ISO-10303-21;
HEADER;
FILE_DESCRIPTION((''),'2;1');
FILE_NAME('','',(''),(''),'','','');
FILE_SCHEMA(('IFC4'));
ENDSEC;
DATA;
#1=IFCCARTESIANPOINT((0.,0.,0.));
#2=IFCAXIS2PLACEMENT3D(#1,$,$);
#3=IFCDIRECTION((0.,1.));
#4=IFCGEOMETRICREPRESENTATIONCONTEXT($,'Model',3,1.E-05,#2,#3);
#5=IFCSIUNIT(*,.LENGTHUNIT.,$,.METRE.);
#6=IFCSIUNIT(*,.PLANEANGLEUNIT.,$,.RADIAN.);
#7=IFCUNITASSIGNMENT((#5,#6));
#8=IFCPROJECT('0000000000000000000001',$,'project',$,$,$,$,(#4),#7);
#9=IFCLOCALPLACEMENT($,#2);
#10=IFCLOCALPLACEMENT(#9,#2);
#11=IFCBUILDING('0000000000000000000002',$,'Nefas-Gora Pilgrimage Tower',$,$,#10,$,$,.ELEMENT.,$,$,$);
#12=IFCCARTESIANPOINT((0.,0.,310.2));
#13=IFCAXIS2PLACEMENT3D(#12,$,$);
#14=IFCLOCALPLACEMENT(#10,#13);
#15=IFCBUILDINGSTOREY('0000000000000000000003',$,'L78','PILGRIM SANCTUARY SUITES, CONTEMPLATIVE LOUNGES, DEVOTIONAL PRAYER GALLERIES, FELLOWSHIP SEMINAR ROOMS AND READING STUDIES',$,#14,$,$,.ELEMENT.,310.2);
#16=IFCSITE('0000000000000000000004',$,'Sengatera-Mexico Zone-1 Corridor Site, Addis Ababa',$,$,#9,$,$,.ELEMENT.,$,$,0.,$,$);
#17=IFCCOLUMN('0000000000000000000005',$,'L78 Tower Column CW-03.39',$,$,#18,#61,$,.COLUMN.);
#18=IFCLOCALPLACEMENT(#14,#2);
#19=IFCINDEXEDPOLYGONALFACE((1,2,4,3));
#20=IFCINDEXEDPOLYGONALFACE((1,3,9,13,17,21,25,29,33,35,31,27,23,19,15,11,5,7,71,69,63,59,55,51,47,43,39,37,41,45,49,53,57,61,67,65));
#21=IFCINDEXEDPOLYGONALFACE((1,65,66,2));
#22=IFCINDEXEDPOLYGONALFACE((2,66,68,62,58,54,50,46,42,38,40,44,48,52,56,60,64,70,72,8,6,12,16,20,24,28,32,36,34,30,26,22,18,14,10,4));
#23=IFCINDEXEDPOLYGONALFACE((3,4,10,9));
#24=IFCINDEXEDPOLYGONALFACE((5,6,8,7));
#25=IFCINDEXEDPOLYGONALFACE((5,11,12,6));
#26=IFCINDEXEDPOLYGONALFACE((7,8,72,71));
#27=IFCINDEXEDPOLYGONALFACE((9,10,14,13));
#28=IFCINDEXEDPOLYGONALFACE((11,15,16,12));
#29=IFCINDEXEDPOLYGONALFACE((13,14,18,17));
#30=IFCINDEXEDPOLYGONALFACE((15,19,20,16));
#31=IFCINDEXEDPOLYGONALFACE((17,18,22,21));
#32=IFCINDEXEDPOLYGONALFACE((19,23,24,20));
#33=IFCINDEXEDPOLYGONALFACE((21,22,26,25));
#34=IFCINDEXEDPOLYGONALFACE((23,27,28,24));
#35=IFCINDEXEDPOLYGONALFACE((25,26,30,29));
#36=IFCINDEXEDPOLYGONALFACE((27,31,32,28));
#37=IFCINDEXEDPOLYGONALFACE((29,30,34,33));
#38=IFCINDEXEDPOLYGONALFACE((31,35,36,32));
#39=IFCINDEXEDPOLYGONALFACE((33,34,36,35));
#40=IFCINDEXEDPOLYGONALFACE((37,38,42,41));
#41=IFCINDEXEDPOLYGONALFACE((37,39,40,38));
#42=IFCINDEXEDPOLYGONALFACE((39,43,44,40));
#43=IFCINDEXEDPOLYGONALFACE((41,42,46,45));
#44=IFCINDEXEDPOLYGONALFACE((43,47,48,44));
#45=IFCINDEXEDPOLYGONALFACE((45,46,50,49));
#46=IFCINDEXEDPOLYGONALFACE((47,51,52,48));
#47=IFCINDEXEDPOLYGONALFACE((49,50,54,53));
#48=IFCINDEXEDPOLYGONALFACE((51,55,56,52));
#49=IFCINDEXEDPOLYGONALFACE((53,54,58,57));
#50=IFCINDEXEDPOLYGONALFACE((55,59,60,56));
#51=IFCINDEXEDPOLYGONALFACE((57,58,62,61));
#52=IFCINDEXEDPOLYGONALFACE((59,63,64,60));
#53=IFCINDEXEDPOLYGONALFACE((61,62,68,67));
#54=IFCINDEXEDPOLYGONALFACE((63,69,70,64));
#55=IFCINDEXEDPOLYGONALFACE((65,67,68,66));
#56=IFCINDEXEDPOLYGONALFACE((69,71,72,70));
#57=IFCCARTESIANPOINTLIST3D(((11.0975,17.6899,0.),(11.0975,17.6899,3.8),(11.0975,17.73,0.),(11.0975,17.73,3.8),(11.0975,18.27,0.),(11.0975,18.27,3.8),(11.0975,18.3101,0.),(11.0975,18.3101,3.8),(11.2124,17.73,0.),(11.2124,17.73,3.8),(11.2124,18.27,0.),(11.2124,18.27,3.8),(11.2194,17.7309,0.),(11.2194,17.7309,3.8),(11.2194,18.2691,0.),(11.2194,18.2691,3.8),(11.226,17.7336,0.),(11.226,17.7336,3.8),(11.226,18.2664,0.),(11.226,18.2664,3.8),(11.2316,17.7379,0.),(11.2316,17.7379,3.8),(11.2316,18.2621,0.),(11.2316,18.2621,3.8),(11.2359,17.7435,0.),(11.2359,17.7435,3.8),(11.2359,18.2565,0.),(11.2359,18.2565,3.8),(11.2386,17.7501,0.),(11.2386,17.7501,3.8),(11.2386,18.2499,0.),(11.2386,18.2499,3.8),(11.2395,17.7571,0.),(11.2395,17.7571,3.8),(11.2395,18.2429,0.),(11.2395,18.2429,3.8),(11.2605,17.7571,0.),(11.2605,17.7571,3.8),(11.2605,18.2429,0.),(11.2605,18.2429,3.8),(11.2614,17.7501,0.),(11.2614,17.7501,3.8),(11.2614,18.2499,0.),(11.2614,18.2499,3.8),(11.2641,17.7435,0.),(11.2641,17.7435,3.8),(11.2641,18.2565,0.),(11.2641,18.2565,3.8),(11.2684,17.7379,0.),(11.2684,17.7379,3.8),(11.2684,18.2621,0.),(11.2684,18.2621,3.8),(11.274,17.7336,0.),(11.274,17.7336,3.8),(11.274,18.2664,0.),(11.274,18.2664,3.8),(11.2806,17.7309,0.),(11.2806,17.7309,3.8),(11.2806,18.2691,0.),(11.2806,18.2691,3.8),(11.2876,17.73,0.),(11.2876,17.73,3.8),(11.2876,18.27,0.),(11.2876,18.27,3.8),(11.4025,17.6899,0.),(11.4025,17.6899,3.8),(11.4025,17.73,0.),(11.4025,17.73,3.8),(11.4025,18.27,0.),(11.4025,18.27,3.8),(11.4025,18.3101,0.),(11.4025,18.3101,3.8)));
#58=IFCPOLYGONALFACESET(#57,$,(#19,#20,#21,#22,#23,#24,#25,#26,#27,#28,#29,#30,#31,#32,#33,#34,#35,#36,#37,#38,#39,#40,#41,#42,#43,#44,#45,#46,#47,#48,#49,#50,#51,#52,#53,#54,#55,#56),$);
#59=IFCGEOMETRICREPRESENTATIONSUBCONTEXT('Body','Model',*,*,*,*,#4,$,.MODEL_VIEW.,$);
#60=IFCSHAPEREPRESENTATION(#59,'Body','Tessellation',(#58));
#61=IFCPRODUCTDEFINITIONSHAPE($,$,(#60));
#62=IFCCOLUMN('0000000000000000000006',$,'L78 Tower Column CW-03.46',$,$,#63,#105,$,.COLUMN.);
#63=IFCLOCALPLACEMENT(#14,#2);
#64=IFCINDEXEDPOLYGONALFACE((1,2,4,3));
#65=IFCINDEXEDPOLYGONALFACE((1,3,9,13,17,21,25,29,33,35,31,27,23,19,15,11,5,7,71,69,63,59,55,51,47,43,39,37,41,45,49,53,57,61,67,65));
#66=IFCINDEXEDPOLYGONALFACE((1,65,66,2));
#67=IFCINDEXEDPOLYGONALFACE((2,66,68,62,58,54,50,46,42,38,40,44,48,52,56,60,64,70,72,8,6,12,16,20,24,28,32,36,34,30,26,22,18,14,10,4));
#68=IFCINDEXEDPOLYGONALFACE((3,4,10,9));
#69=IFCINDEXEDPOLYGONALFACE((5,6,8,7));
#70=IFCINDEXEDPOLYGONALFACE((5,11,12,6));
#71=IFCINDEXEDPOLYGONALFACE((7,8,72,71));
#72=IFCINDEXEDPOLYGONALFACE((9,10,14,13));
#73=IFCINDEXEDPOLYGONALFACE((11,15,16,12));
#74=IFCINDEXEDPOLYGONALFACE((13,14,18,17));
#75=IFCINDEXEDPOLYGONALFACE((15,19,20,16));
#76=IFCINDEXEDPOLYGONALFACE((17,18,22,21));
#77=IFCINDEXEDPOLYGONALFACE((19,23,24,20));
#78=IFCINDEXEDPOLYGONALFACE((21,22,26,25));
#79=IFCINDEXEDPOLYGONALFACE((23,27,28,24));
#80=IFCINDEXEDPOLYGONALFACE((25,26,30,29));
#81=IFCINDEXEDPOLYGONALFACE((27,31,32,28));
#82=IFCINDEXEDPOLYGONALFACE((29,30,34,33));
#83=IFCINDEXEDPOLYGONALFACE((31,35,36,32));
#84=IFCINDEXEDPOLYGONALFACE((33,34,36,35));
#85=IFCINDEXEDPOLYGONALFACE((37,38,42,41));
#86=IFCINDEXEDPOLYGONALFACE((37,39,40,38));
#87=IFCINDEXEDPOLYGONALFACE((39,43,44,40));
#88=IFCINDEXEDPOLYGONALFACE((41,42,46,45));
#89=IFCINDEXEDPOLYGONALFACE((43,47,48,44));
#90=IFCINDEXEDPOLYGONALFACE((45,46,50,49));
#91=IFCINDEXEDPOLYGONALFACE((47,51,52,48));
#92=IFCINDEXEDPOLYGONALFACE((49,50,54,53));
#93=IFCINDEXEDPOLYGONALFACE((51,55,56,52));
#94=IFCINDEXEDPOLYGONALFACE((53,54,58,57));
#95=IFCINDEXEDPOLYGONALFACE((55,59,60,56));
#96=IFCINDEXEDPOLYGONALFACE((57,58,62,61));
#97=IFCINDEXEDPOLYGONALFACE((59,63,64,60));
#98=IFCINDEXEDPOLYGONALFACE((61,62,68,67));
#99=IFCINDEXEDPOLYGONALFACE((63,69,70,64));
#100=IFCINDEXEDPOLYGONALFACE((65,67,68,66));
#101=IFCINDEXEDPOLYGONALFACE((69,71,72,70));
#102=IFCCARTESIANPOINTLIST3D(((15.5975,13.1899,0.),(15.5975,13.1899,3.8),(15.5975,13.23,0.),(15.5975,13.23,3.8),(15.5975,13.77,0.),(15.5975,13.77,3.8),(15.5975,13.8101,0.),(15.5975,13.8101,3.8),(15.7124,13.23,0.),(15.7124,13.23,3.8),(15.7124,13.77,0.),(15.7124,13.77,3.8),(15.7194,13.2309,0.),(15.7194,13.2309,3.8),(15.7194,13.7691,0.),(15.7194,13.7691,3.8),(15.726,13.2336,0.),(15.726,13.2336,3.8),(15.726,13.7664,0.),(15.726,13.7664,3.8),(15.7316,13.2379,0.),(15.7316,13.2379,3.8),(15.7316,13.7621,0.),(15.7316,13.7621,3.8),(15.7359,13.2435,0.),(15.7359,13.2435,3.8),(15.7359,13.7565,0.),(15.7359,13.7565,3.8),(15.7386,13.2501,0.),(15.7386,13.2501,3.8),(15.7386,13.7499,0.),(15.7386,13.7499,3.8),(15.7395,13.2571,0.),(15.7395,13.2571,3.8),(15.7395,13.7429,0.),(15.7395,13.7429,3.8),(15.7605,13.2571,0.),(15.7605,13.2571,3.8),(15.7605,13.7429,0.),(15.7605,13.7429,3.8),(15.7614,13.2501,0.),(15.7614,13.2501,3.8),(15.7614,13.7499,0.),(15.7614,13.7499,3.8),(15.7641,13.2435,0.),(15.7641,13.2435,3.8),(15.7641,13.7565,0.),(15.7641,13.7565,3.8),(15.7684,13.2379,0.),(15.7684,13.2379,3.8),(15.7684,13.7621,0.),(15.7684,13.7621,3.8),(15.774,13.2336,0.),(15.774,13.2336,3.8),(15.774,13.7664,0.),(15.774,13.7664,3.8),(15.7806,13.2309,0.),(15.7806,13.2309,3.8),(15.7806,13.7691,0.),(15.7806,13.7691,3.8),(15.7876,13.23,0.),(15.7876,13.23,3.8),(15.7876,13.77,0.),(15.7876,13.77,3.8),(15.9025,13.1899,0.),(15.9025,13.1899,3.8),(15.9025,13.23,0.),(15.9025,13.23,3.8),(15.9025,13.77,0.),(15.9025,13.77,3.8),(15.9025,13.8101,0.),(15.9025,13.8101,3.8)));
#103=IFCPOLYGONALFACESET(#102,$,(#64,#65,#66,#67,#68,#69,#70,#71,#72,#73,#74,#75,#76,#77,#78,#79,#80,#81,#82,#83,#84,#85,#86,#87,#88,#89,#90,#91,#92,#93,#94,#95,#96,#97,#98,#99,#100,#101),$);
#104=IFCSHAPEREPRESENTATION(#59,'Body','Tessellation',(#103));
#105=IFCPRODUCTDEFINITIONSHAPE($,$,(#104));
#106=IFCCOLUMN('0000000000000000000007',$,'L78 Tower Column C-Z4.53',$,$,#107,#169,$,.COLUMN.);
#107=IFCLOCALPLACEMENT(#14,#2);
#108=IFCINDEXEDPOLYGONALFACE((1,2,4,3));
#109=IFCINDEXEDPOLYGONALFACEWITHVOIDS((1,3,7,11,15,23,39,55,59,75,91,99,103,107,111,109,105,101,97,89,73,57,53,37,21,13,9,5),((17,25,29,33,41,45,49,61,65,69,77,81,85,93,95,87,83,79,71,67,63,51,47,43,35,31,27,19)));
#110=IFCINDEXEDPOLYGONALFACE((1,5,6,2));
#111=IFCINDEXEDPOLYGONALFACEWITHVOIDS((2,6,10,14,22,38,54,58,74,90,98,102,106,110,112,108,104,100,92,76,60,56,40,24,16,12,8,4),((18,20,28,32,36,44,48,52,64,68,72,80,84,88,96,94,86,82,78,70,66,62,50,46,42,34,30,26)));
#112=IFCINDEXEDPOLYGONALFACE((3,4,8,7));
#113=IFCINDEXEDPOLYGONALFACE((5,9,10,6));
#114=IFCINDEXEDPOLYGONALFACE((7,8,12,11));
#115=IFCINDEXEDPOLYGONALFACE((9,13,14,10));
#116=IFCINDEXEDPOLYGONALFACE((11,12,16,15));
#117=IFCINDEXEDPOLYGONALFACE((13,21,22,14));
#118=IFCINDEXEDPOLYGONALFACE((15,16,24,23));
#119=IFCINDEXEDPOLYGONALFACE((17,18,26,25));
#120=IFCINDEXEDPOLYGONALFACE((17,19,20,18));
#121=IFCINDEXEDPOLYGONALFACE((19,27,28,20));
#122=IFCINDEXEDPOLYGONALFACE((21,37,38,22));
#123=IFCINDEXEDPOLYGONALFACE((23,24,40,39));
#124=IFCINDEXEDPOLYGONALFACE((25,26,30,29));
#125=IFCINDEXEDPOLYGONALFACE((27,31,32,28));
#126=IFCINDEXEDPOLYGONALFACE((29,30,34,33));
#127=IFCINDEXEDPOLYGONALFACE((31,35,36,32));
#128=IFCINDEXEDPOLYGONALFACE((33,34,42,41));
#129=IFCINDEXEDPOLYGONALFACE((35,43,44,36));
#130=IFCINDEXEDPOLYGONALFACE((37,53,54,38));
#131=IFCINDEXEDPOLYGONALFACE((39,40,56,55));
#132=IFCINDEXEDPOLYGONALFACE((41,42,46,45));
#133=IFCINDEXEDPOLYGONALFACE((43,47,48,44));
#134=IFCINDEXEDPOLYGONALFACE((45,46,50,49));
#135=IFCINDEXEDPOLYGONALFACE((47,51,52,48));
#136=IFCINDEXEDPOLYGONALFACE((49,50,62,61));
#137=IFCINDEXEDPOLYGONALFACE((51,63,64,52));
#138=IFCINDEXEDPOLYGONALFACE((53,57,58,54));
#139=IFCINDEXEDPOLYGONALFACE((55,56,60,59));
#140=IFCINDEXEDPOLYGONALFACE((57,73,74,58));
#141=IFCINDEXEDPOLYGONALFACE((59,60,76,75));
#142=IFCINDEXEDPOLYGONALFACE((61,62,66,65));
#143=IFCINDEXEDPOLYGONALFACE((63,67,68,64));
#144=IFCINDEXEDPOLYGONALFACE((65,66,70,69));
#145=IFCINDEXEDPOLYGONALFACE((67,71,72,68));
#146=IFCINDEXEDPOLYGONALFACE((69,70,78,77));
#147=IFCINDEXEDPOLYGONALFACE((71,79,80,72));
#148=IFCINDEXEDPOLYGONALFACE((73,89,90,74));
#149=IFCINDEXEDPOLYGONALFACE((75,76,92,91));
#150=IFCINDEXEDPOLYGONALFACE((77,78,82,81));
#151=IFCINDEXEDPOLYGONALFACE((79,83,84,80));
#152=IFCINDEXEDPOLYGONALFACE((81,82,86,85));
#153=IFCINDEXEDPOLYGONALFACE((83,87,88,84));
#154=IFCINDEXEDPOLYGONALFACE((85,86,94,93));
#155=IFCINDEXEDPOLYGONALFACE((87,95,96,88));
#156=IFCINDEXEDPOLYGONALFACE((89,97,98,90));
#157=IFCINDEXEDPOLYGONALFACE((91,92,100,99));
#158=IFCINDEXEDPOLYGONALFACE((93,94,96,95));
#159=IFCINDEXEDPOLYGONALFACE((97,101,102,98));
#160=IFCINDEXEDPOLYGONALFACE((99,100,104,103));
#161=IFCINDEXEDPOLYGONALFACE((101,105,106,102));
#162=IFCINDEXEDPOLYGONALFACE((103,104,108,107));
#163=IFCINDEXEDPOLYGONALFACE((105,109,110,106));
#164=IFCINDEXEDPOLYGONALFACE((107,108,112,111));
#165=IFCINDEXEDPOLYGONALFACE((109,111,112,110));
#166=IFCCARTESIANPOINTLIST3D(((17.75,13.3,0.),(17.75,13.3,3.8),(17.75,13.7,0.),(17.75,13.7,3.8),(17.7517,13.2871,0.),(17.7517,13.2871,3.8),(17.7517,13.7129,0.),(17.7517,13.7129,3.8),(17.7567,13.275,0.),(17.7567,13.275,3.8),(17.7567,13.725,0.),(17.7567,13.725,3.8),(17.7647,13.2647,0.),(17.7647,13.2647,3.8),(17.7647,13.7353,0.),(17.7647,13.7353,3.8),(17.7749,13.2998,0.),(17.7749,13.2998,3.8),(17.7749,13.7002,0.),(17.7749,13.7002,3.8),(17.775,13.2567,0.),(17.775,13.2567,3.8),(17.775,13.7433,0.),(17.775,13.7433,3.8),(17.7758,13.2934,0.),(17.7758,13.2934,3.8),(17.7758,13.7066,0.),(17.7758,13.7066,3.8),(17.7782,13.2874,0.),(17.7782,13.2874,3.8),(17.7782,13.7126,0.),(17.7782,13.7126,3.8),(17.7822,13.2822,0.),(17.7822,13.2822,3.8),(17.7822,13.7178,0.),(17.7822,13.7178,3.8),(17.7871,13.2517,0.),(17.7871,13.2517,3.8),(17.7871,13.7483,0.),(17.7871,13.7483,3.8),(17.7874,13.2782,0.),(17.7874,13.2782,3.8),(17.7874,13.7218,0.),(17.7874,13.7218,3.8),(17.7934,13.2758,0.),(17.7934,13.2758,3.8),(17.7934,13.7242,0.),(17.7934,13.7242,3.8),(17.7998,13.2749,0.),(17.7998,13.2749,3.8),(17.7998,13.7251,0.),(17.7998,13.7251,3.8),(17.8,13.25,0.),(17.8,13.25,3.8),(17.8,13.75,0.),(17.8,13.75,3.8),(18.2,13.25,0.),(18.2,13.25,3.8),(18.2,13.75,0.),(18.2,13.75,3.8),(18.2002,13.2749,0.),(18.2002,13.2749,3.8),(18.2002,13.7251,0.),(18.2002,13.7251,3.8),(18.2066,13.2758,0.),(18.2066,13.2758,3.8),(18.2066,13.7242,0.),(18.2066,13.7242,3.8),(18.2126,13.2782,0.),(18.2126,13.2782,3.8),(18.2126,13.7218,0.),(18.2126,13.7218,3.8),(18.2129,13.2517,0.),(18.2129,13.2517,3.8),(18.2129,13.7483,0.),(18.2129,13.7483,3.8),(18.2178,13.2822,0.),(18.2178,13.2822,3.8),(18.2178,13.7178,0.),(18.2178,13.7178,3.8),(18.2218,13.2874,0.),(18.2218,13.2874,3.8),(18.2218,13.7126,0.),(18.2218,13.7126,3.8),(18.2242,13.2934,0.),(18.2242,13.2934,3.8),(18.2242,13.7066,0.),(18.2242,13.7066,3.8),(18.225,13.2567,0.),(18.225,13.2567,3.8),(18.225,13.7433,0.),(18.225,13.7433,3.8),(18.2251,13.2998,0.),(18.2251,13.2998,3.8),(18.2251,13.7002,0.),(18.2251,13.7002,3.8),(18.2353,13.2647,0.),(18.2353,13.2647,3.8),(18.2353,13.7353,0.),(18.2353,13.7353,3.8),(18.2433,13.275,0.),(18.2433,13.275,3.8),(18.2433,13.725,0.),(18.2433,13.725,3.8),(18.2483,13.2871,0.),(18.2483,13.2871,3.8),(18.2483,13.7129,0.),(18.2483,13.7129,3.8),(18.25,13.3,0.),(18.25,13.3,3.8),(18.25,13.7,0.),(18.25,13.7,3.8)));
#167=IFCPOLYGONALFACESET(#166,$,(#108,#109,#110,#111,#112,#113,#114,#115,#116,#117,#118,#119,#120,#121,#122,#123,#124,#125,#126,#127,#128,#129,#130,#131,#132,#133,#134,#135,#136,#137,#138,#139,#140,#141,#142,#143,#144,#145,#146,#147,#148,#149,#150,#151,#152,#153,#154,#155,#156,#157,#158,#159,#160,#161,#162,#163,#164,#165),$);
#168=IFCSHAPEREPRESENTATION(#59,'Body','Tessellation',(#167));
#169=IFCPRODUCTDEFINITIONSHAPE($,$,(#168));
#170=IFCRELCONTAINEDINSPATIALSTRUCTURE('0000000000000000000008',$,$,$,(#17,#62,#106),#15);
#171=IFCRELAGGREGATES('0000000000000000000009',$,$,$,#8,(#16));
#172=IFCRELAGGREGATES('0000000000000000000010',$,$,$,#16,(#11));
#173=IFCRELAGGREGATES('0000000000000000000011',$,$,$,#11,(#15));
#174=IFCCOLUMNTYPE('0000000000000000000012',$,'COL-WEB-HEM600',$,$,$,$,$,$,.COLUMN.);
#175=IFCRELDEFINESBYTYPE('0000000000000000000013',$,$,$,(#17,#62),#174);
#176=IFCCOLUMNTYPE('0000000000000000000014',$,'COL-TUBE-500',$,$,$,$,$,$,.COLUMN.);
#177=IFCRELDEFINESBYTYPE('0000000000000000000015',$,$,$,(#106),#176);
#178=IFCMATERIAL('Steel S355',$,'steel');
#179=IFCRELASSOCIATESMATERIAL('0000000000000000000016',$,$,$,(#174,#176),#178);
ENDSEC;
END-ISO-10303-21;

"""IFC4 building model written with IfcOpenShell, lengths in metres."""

from ifc_helpers import new_model, si_unit, direction, frame, origin, origin_2d, place, context, subcontext, project, spatial, hollow_rectangle, i_section, extrude, source, transform, mapped, material, material_profile, profile_set, type_object, element, save


model = new_model("IFC4")

# Units and contexts
model_context = context("Model", 3, precision=1e-05, world=origin(), true_north=direction((0.0, 1.0)))
body_context = subcontext(model_context, "Body", "Model", "MODEL_VIEW")
ifc_project = project(units=[si_unit("LENGTHUNIT", "METRE"), si_unit("PLANEANGLEUNIT", "RADIAN")], contexts=[model_context])

# Site, building, storey
site_placement = place(None, origin())
site = spatial("IfcSite", under=ifc_project, at=site_placement, Name="Sengatera-Mexico Zone-1 Corridor Site, Addis Ababa", CompositionType="ELEMENT", RefElevation=0.0)
building_placement = place(site_placement, origin())
building = spatial("IfcBuilding", under=site, at=building_placement, Name="Nefas-Gora Pilgrimage Tower", CompositionType="ELEMENT")
storey_placement = place(building_placement, frame((0.0, 0.0, 310.2)))
storey = spatial("IfcBuildingStorey", under=building, at=storey_placement, Name="L78", Description="PILGRIM SANCTUARY SUITES, CONTEMPLATIVE LOUNGES, DEVOTIONAL PRAYER GALLERIES, FELLOWSHIP SEMINAR ROOMS AND READING STUDIES", CompositionType="ELEMENT", Elevation=310.2)

# Columns
ifc_material_1 = material(Name="Steel S355", Category="steel")
ifc_material_profile_1 = material_profile(ifc_material_1, i_section(OverallWidth=0.3049, OverallDepth=0.6201, WebThickness=0.021, FlangeThickness=0.04, FilletRadius=0.0271, at=origin_2d()), Name="HEM 600")
ifc_profile_set_1 = profile_set([ifc_material_profile_1], Name="Steel S355")
column_type_1 = type_object("IfcColumnType", Name="COL-WEB-HEM600", PredefinedType="COLUMN", material=ifc_profile_set_1)
shared_shape_1 = source(origin(), body_context, "Body", "SweptSolid", [
    extrude(i_section(OverallWidth=0.3049, OverallDepth=0.6201, WebThickness=0.021, FlangeThickness=0.04, FilletRadius=0.0271, at=origin_2d()), origin(), (0.0, 0.0, 1.0), 3.8),
])
for number, where, z_axis, x_axis, name in (
    (1, (11.25, 18.0, 0.0), (0.0, 0.0, 1.0), (1.0, 0.0, 0.0), "L78 Tower Column CW-03.39"),
    (2, (15.75, 13.5, 0.0), (0.0, 0.0, 1.0), (1.0, 0.0, 0.0), "L78 Tower Column CW-03.46"),
):
    element("IfcColumn", number, at=place(storey_placement, frame(where, z_axis=z_axis, x_axis=x_axis)), inside=storey, type_object=column_type_1, Name=name, PredefinedType="COLUMN", context=body_context, shape_type="MappedRepresentation", body=[
        mapped(shared_shape_1, transform((0.0, 0.0, 0.0), x_axis=(1.0, 0.0, 0.0), y_axis=(0.0, 1.0, 0.0), z_axis=(0.0, 0.0, 1.0), scale=1.0)),
    ])
ifc_material_profile_2 = material_profile(ifc_material_1, hollow_rectangle(XDim=0.5, YDim=0.5, WallThickness=0.0249, InnerFilletRadius=0.0249, OuterFilletRadius=0.05, at=origin_2d()), Name="SHS 500x500x25")
ifc_profile_set_2 = profile_set([ifc_material_profile_2], Name="Steel S355")
column_type_2 = type_object("IfcColumnType", Name="COL-TUBE-500", PredefinedType="COLUMN", material=ifc_profile_set_2)
shared_shape_2 = source(origin(), body_context, "Body", "SweptSolid", [
    extrude(hollow_rectangle(XDim=0.5, YDim=0.5, WallThickness=0.0249, InnerFilletRadius=0.0249, OuterFilletRadius=0.05, at=origin_2d()), origin(), (0.0, 0.0, 1.0), 3.8),
])
column_placement = place(storey_placement, frame((18.0, 13.5, 0.0), z_axis=(0.0, 0.0, 1.0), x_axis=(1.0, 0.0, 0.0)))
element("IfcColumn", 3, at=column_placement, inside=storey, type_object=column_type_2, Name="L78 Tower Column C-Z4.53", PredefinedType="COLUMN", context=body_context, shape_type="MappedRepresentation", body=[
    mapped(shared_shape_2, transform((0.0, 0.0, 0.0), x_axis=(1.0, 0.0, 0.0), y_axis=(0.0, 1.0, 0.0), z_axis=(0.0, 0.0, 1.0), scale=1.0)),
])

save(model, "model.ifc")
